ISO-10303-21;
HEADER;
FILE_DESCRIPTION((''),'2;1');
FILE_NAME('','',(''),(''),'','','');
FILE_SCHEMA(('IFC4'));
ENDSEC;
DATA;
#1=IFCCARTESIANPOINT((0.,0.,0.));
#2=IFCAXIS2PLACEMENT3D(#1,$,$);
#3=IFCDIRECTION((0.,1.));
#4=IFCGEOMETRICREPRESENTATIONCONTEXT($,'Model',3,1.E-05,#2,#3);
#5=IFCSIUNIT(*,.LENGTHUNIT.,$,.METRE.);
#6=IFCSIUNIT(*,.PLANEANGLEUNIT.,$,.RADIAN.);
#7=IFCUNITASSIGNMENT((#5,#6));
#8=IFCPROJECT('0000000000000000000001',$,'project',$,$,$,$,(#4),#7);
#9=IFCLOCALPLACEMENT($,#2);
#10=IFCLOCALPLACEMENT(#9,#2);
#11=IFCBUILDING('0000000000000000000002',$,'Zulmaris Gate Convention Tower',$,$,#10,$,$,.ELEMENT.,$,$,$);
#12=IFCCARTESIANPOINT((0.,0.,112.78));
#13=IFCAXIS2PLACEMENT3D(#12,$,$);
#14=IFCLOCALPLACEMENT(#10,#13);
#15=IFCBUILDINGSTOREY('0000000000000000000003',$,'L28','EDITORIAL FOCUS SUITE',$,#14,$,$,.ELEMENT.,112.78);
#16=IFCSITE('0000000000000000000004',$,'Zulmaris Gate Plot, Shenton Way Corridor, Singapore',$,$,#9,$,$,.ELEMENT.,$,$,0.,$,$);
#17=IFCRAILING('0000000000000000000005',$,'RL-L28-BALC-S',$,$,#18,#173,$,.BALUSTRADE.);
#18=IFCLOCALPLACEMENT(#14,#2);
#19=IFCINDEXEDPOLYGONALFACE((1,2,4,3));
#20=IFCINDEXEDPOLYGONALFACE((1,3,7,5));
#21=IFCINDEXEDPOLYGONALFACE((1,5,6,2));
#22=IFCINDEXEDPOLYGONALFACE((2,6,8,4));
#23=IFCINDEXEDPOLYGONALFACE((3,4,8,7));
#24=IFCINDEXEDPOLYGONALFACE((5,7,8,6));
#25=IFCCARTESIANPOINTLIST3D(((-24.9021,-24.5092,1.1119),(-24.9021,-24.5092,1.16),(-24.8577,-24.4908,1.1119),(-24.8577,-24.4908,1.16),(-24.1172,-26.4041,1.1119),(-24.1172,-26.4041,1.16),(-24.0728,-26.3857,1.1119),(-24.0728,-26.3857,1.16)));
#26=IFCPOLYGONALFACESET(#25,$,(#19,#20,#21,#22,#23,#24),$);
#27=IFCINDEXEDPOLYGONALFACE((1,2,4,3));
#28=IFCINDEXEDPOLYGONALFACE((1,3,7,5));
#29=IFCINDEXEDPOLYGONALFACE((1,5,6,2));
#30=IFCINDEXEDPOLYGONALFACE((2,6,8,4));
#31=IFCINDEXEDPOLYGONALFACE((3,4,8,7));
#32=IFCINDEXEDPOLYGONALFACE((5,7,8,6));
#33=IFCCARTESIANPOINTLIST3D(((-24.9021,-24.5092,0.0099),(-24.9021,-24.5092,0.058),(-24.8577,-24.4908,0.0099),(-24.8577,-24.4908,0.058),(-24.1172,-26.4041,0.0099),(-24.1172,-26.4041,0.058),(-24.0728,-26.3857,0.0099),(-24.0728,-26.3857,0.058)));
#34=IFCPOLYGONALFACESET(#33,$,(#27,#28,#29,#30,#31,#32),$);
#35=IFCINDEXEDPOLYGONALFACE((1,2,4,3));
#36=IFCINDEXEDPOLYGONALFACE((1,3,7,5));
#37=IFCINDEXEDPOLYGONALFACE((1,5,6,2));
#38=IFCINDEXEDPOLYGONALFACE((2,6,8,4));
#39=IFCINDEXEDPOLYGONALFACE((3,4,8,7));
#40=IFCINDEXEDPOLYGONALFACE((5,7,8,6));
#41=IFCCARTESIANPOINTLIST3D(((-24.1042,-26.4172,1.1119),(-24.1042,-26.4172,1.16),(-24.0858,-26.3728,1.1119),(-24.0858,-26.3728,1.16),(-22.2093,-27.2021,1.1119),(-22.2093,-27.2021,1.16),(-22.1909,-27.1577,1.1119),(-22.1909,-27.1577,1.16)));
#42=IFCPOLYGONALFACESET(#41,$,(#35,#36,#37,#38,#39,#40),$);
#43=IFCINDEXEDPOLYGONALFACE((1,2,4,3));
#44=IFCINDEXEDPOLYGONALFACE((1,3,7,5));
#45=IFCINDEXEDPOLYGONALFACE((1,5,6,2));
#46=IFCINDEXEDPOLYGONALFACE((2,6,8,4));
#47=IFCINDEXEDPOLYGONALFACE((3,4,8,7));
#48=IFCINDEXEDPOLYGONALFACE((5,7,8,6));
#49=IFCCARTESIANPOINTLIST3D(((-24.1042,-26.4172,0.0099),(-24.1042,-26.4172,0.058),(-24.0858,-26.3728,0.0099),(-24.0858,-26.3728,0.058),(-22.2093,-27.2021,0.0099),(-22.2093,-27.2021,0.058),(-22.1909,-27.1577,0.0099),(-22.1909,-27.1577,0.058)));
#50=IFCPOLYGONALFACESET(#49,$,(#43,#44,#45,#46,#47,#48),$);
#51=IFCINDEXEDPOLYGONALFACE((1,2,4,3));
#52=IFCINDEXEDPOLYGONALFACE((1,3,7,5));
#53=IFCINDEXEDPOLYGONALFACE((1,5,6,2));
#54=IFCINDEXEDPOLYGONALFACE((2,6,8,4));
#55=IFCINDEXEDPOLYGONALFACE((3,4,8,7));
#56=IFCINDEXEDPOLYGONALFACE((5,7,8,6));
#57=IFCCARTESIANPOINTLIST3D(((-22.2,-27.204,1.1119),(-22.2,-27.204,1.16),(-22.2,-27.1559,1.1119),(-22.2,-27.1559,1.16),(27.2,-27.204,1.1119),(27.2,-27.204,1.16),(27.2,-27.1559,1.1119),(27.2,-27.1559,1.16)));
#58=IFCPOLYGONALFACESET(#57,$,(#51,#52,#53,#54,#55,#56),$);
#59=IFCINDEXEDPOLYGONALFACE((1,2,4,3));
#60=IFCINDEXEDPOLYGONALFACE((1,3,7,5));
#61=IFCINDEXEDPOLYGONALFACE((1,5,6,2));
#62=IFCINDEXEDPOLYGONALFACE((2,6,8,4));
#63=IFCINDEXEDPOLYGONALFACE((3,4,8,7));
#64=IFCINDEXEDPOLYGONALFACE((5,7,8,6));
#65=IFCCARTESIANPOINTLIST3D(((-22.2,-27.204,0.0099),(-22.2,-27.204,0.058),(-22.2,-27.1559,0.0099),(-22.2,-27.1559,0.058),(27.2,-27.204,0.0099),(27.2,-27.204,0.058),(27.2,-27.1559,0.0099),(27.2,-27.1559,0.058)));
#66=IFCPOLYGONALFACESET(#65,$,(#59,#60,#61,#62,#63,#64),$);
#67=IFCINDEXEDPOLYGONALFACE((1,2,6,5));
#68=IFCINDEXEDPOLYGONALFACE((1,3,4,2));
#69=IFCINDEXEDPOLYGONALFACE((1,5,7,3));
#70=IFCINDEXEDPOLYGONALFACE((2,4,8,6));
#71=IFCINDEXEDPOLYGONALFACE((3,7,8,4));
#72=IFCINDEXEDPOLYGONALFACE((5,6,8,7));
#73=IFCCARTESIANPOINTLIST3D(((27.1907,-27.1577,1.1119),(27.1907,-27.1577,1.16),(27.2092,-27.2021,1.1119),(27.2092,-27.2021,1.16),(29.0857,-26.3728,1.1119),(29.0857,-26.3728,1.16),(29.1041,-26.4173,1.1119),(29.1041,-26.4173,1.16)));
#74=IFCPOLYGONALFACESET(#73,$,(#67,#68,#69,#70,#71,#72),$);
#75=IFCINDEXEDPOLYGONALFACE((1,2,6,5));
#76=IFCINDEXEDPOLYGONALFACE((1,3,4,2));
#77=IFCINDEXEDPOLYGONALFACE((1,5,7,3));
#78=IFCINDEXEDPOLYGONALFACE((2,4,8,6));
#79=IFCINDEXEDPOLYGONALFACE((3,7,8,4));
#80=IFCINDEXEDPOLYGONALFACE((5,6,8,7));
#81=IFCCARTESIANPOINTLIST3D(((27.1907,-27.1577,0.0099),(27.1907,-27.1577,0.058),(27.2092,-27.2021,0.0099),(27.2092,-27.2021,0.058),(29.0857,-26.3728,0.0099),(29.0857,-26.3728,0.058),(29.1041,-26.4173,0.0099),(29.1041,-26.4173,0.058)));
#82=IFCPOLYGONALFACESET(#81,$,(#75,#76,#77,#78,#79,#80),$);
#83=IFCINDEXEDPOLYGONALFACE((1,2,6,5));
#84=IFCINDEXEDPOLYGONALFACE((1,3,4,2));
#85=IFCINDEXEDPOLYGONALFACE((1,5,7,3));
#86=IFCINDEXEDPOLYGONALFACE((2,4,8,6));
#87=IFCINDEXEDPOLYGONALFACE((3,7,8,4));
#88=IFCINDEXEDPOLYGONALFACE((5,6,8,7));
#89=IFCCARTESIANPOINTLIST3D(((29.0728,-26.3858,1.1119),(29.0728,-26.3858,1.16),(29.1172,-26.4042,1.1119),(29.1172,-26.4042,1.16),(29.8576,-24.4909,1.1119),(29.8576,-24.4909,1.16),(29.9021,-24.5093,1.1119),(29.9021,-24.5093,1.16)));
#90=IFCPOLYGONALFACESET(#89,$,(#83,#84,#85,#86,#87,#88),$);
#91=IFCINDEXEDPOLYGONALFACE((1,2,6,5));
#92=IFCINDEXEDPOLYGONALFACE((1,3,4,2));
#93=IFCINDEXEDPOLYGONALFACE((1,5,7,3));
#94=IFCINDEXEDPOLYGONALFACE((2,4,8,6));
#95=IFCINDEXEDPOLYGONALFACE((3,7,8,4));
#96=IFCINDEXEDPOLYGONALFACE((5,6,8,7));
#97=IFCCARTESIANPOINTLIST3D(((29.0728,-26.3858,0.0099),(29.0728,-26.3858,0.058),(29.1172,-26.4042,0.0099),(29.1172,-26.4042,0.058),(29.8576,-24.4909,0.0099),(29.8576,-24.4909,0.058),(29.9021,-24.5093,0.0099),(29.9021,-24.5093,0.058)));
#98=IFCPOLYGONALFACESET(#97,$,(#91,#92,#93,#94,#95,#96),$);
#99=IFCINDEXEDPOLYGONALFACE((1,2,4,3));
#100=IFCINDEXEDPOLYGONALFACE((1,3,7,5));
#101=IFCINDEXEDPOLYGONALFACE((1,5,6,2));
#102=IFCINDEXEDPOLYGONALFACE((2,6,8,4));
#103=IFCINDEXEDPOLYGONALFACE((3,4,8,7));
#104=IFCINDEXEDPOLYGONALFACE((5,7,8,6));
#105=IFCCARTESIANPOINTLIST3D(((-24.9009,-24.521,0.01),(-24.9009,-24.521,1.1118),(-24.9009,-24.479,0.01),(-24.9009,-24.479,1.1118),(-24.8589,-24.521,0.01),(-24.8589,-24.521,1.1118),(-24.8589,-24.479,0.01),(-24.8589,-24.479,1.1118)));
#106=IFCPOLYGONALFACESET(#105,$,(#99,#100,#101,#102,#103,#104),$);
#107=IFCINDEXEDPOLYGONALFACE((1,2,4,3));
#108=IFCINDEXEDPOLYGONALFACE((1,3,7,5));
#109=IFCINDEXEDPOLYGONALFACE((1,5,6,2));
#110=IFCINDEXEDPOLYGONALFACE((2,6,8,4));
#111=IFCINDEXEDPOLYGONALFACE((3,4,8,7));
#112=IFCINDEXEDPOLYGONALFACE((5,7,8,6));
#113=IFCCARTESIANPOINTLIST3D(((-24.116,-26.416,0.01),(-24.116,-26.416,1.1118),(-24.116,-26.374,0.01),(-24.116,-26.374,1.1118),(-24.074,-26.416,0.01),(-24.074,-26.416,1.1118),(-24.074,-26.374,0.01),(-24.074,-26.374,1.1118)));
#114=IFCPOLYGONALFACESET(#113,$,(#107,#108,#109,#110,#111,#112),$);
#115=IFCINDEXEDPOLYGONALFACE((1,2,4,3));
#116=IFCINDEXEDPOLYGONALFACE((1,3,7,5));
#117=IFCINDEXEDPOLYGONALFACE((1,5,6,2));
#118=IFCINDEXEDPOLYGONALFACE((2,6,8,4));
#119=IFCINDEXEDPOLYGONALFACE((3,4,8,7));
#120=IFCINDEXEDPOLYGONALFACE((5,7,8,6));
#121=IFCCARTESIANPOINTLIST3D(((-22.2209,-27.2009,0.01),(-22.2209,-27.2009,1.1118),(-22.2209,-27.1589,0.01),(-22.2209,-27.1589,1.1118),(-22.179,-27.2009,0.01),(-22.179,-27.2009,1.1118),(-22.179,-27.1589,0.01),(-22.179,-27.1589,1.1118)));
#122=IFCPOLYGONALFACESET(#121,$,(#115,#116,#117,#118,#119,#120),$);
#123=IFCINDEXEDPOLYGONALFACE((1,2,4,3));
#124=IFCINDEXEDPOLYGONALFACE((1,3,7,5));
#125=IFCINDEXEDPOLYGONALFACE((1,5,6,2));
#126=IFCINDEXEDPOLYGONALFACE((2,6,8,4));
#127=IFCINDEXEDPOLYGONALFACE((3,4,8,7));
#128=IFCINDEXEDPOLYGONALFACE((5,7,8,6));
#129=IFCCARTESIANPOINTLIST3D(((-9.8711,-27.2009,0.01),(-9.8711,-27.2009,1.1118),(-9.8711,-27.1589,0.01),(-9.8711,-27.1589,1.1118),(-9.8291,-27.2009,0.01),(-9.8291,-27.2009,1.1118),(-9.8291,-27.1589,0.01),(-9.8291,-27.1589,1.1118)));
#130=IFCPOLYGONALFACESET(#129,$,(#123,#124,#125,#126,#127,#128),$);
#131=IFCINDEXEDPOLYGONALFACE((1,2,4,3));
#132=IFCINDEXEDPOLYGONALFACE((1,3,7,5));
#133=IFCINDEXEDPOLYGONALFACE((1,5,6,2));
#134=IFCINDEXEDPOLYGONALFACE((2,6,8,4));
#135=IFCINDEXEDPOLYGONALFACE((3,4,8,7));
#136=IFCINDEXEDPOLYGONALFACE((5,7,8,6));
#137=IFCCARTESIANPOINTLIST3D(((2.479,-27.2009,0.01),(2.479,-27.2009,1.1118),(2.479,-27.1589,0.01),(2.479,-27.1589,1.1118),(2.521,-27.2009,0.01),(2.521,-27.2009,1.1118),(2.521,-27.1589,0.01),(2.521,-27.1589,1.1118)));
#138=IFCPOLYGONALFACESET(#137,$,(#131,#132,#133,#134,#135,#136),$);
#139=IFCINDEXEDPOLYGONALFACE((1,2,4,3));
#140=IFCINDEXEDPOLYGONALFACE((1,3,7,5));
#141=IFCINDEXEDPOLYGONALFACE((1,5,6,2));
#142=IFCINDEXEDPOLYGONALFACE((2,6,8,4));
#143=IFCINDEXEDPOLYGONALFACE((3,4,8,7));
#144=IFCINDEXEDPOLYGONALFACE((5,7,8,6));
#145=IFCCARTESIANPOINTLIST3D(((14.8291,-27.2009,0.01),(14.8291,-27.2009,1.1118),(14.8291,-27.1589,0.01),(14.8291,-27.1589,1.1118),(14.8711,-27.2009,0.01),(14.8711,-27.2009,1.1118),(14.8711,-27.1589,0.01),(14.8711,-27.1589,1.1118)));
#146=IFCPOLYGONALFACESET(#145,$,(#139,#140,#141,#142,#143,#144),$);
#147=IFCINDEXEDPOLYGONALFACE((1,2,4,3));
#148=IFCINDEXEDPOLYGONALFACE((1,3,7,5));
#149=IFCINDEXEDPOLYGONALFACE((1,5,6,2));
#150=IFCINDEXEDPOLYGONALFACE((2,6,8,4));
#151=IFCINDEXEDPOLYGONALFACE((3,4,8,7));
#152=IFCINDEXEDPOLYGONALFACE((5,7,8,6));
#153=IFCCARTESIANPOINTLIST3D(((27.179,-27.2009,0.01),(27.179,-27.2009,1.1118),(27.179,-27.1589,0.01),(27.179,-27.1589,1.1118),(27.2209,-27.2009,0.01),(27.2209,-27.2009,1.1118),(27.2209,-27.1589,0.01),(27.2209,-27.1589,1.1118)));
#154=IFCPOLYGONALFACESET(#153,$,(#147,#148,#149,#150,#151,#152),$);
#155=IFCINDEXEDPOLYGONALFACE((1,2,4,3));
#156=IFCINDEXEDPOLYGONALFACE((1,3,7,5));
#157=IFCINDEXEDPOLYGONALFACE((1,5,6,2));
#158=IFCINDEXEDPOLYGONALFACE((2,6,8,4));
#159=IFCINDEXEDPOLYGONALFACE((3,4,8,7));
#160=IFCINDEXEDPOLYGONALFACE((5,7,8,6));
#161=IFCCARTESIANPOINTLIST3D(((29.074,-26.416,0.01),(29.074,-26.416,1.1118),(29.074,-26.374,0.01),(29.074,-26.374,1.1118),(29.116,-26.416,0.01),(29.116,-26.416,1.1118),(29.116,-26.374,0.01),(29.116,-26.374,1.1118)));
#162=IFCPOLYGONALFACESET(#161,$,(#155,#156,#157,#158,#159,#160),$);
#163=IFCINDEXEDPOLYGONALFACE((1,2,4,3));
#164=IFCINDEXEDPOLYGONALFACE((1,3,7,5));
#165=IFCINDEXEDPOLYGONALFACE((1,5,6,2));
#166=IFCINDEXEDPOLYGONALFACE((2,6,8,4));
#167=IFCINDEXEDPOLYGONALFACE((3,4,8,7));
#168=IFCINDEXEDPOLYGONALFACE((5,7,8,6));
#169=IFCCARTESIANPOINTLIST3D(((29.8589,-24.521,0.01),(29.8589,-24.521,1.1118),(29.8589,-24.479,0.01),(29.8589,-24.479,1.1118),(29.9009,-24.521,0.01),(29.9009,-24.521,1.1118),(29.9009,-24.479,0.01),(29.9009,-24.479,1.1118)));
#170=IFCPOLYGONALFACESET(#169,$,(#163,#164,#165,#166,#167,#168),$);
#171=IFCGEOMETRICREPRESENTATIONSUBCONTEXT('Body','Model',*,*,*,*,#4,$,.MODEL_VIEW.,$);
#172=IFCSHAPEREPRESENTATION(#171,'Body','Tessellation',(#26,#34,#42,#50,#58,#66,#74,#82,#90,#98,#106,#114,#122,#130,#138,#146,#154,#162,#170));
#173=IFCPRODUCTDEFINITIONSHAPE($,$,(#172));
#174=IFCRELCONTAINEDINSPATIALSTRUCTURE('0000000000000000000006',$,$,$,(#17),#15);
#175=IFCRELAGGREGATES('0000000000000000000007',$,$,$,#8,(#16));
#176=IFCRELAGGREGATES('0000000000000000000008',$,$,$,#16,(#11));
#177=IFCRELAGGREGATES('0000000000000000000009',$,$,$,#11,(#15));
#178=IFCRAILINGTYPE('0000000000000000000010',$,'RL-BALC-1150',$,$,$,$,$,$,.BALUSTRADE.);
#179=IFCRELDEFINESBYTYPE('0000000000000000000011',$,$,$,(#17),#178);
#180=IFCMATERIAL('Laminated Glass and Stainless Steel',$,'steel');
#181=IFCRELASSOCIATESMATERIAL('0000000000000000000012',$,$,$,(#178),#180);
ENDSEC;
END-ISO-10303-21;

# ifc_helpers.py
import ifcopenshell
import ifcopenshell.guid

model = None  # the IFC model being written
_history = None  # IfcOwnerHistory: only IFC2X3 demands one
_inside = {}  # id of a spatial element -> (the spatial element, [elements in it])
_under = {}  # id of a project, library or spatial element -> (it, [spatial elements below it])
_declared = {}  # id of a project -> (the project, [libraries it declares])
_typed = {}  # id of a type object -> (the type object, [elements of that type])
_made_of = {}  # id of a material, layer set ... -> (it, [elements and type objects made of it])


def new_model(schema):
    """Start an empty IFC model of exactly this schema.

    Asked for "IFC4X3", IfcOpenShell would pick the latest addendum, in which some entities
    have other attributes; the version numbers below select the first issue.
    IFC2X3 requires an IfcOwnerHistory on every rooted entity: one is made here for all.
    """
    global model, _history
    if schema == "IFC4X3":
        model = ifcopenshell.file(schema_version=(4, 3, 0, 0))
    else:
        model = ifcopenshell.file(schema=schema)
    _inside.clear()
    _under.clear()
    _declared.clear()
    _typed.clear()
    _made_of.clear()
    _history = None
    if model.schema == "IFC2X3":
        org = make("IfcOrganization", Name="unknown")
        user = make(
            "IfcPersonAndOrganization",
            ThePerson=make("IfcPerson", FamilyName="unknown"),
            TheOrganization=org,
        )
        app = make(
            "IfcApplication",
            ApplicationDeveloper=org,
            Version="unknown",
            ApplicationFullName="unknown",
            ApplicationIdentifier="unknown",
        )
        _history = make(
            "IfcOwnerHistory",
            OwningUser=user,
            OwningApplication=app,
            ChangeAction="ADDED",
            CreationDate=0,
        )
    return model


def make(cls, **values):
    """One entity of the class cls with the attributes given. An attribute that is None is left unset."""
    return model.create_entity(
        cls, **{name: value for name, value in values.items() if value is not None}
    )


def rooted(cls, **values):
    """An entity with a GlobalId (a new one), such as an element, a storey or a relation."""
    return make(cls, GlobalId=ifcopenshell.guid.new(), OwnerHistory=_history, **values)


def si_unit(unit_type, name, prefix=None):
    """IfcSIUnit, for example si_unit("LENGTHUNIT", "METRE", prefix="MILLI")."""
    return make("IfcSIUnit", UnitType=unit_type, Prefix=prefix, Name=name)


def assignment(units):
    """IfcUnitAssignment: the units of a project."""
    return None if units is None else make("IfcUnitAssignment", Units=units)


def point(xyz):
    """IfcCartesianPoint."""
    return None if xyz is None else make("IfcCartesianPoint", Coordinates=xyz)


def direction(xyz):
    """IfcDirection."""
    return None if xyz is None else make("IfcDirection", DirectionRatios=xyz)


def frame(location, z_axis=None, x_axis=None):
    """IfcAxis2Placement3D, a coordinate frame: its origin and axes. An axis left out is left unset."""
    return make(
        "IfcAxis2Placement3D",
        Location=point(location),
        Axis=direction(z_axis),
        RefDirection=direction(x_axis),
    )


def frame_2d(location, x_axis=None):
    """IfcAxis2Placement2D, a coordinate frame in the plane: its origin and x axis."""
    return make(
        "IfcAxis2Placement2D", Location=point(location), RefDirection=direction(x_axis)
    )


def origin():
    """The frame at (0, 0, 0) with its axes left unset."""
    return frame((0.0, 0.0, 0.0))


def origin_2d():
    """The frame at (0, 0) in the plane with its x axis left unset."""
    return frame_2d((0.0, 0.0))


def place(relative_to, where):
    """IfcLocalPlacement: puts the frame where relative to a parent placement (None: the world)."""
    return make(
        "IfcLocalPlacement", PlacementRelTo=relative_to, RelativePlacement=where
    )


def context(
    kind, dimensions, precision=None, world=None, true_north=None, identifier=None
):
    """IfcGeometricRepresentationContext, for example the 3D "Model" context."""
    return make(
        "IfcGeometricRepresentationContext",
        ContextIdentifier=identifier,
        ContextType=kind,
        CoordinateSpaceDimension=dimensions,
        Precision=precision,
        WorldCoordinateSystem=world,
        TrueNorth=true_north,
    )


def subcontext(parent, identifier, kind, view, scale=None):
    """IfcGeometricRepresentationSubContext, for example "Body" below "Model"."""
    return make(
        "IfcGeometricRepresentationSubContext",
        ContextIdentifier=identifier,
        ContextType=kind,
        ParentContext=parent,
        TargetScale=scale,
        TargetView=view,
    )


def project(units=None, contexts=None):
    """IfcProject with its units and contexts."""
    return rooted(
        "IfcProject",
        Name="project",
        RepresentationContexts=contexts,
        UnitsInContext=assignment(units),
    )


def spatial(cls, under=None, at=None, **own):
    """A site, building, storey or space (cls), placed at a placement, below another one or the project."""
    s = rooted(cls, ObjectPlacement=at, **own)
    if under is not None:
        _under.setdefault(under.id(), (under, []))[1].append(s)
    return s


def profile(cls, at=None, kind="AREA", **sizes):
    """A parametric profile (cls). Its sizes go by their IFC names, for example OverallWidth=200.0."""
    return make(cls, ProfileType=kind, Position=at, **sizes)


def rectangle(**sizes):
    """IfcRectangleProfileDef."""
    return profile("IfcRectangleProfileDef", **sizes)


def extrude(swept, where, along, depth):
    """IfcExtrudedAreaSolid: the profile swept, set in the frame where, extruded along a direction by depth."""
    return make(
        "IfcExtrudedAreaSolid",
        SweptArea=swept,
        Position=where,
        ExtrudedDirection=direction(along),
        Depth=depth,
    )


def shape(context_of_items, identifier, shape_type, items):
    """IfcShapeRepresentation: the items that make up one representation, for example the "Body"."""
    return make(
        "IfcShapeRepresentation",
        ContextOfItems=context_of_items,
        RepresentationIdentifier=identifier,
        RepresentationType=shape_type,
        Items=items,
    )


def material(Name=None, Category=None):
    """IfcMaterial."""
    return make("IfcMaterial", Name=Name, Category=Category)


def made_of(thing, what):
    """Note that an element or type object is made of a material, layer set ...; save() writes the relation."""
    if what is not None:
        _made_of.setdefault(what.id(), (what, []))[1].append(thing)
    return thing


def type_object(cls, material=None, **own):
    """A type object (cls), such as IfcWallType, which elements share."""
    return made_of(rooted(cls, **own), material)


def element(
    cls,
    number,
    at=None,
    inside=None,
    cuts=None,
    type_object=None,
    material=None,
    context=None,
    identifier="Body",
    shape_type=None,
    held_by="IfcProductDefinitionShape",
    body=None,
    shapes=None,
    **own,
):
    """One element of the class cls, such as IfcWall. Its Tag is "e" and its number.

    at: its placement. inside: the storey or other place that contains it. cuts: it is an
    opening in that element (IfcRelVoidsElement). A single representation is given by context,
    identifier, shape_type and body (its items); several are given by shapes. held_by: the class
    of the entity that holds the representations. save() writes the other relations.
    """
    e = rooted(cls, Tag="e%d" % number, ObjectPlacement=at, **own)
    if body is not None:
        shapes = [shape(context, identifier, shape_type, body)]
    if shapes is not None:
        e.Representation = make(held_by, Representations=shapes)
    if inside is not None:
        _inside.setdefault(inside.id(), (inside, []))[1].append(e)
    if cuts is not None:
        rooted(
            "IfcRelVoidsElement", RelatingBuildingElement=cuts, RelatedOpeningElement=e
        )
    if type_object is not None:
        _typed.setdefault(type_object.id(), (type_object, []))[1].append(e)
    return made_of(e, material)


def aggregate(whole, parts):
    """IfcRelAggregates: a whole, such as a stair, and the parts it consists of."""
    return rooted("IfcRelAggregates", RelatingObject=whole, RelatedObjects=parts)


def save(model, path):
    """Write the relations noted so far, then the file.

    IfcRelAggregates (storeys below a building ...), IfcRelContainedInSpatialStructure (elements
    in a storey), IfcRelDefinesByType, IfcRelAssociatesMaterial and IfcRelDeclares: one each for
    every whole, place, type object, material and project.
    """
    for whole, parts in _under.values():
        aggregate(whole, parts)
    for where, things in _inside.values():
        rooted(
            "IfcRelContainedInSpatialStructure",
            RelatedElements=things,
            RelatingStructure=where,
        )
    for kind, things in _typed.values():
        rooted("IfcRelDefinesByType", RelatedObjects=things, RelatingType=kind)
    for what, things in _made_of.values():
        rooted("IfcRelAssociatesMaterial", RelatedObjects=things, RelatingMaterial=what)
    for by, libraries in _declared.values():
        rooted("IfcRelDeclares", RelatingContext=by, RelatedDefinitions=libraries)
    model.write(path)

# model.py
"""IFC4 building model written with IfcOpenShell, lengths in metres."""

from ifc_helpers import new_model, si_unit, direction, frame, origin, origin_2d, place, context, subcontext, project, spatial, rectangle, extrude, material, type_object, element, save


model = new_model("IFC4")

# Units and contexts
model_context = context("Model", 3, precision=1e-05, world=origin(), true_north=direction((0.0, 1.0)))
body_context = subcontext(model_context, "Body", "Model", "MODEL_VIEW")
ifc_project = project(units=[si_unit("LENGTHUNIT", "METRE"), si_unit("PLANEANGLEUNIT", "RADIAN")], contexts=[model_context])

# Site, building, storey
site_placement = place(None, origin())
site = spatial("IfcSite", under=ifc_project, at=site_placement, Name="Zulmaris Gate Plot, Shenton Way Corridor, Singapore", CompositionType="ELEMENT", RefElevation=0.0)
building_placement = place(site_placement, origin())
building = spatial("IfcBuilding", under=site, at=building_placement, Name="Zulmaris Gate Convention Tower", CompositionType="ELEMENT")
storey_placement = place(building_placement, frame((0.0, 0.0, 112.78)))
storey = spatial("IfcBuildingStorey", under=building, at=storey_placement, Name="L28", Description="EDITORIAL FOCUS SUITE", CompositionType="ELEMENT", Elevation=112.78)

# Railing
ifc_material_1 = material(Name="Laminated Glass and Stainless Steel", Category="steel")
railing_type = type_object("IfcRailingType", Name="RL-BALC-1150", PredefinedType="BALUSTRADE", material=ifc_material_1)
railing_placement = place(storey_placement, frame((-24.8799, -24.5, 0.01)))
element("IfcRailing", 1, at=railing_placement, inside=storey, type_object=railing_type, Name="RL-L28-BALC-S", PredefinedType="BALUSTRADE", context=body_context, shape_type="SweptSolid", body=[
    extrude(rectangle(XDim=0.0481, YDim=0.0481, at=origin_2d()), frame((0.0, 0.0, 1.126), z_axis=(0.382671, -0.923885, 0.0), x_axis=(0.923885, 0.382671, 0.0)), (0.0, 0.0, 1.0), 2.051),
    extrude(rectangle(XDim=0.0481, YDim=0.0481, at=origin_2d()), frame((0.0, 0.0, 0.0239), z_axis=(0.382671, -0.923885, 0.0), x_axis=(0.923885, 0.382671, 0.0)), (0.0, 0.0, 1.0), 2.051),
    extrude(rectangle(XDim=0.0481, YDim=0.0481, at=origin_2d()), frame((0.7849, -1.895, 1.126), z_axis=(0.923885, -0.382671, 0.0), x_axis=(0.382671, 0.923885, 0.0)), (0.0, 0.0, 1.0), 2.051),
    extrude(rectangle(XDim=0.0481, YDim=0.0481, at=origin_2d()), frame((0.7849, -1.895, 0.0239), z_axis=(0.923885, -0.382671, 0.0), x_axis=(0.382671, 0.923885, 0.0)), (0.0, 0.0, 1.0), 2.051),
    extrude(rectangle(XDim=0.0481, YDim=0.0481, at=origin_2d()), frame((2.6799, -2.6799, 1.126), z_axis=(1.0, 0.0, 0.0), x_axis=(0.0, 1.0, 0.0)), (0.0, 0.0, 1.0), 49.3999),
    extrude(rectangle(XDim=0.0481, YDim=0.0481, at=origin_2d()), frame((2.6799, -2.6799, 0.0239), z_axis=(1.0, 0.0, 0.0), x_axis=(0.0, 1.0, 0.0)), (0.0, 0.0, 1.0), 49.3999),
    extrude(rectangle(XDim=0.0481, YDim=0.0481, at=origin_2d()), frame((52.0798, -2.6799, 1.126), z_axis=(0.923885, 0.382671, 0.0), x_axis=(-0.382671, 0.923885, 0.0)), (0.0, 0.0, 1.0), 2.051),
    extrude(rectangle(XDim=0.0481, YDim=0.0481, at=origin_2d()), frame((52.0798, -2.6799, 0.0239), z_axis=(0.923885, 0.382671, 0.0), x_axis=(-0.382671, 0.923885, 0.0)), (0.0, 0.0, 1.0), 2.051),
    extrude(rectangle(XDim=0.0481, YDim=0.0481, at=origin_2d()), frame((53.9749, -1.895, 1.126), z_axis=(0.382671, 0.923885, 0.0), x_axis=(-0.923885, 0.382671, 0.0)), (0.0, 0.0, 1.0), 2.051),
    extrude(rectangle(XDim=0.0481, YDim=0.0481, at=origin_2d()), frame((53.9749, -1.895, 0.0239), z_axis=(0.382671, 0.923885, 0.0), x_axis=(-0.923885, 0.382671, 0.0)), (0.0, 0.0, 1.0), 2.051),
    extrude(rectangle(XDim=0.042, YDim=0.042, at=origin_2d()), origin(), (0.0, 0.0, 1.0), 1.1018),
    extrude(rectangle(XDim=0.042, YDim=0.042, at=origin_2d()), frame((0.7849, -1.895, 0.0)), (0.0, 0.0, 1.0), 1.1018),
    extrude(rectangle(XDim=0.042, YDim=0.042, at=origin_2d()), frame((2.6799, -2.6799, 0.0)), (0.0, 0.0, 1.0), 1.1018),
    extrude(rectangle(XDim=0.042, YDim=0.042, at=origin_2d()), frame((15.0298, -2.6799, 0.0)), (0.0, 0.0, 1.0), 1.1018),
    extrude(rectangle(XDim=0.042, YDim=0.042, at=origin_2d()), frame((27.3799, -2.6799, 0.0)), (0.0, 0.0, 1.0), 1.1018),
    extrude(rectangle(XDim=0.042, YDim=0.042, at=origin_2d()), frame((39.73, -2.6799, 0.0)), (0.0, 0.0, 1.0), 1.1018),
    extrude(rectangle(XDim=0.042, YDim=0.042, at=origin_2d()), frame((52.0798, -2.6799, 0.0)), (0.0, 0.0, 1.0), 1.1018),
    extrude(rectangle(XDim=0.042, YDim=0.042, at=origin_2d()), frame((53.9749, -1.895, 0.0)), (0.0, 0.0, 1.0), 1.1018),
    extrude(rectangle(XDim=0.042, YDim=0.042, at=origin_2d()), frame((54.7598, 0.0, 0.0)), (0.0, 0.0, 1.0), 1.1018),
])

save(model, "model.ifc")
